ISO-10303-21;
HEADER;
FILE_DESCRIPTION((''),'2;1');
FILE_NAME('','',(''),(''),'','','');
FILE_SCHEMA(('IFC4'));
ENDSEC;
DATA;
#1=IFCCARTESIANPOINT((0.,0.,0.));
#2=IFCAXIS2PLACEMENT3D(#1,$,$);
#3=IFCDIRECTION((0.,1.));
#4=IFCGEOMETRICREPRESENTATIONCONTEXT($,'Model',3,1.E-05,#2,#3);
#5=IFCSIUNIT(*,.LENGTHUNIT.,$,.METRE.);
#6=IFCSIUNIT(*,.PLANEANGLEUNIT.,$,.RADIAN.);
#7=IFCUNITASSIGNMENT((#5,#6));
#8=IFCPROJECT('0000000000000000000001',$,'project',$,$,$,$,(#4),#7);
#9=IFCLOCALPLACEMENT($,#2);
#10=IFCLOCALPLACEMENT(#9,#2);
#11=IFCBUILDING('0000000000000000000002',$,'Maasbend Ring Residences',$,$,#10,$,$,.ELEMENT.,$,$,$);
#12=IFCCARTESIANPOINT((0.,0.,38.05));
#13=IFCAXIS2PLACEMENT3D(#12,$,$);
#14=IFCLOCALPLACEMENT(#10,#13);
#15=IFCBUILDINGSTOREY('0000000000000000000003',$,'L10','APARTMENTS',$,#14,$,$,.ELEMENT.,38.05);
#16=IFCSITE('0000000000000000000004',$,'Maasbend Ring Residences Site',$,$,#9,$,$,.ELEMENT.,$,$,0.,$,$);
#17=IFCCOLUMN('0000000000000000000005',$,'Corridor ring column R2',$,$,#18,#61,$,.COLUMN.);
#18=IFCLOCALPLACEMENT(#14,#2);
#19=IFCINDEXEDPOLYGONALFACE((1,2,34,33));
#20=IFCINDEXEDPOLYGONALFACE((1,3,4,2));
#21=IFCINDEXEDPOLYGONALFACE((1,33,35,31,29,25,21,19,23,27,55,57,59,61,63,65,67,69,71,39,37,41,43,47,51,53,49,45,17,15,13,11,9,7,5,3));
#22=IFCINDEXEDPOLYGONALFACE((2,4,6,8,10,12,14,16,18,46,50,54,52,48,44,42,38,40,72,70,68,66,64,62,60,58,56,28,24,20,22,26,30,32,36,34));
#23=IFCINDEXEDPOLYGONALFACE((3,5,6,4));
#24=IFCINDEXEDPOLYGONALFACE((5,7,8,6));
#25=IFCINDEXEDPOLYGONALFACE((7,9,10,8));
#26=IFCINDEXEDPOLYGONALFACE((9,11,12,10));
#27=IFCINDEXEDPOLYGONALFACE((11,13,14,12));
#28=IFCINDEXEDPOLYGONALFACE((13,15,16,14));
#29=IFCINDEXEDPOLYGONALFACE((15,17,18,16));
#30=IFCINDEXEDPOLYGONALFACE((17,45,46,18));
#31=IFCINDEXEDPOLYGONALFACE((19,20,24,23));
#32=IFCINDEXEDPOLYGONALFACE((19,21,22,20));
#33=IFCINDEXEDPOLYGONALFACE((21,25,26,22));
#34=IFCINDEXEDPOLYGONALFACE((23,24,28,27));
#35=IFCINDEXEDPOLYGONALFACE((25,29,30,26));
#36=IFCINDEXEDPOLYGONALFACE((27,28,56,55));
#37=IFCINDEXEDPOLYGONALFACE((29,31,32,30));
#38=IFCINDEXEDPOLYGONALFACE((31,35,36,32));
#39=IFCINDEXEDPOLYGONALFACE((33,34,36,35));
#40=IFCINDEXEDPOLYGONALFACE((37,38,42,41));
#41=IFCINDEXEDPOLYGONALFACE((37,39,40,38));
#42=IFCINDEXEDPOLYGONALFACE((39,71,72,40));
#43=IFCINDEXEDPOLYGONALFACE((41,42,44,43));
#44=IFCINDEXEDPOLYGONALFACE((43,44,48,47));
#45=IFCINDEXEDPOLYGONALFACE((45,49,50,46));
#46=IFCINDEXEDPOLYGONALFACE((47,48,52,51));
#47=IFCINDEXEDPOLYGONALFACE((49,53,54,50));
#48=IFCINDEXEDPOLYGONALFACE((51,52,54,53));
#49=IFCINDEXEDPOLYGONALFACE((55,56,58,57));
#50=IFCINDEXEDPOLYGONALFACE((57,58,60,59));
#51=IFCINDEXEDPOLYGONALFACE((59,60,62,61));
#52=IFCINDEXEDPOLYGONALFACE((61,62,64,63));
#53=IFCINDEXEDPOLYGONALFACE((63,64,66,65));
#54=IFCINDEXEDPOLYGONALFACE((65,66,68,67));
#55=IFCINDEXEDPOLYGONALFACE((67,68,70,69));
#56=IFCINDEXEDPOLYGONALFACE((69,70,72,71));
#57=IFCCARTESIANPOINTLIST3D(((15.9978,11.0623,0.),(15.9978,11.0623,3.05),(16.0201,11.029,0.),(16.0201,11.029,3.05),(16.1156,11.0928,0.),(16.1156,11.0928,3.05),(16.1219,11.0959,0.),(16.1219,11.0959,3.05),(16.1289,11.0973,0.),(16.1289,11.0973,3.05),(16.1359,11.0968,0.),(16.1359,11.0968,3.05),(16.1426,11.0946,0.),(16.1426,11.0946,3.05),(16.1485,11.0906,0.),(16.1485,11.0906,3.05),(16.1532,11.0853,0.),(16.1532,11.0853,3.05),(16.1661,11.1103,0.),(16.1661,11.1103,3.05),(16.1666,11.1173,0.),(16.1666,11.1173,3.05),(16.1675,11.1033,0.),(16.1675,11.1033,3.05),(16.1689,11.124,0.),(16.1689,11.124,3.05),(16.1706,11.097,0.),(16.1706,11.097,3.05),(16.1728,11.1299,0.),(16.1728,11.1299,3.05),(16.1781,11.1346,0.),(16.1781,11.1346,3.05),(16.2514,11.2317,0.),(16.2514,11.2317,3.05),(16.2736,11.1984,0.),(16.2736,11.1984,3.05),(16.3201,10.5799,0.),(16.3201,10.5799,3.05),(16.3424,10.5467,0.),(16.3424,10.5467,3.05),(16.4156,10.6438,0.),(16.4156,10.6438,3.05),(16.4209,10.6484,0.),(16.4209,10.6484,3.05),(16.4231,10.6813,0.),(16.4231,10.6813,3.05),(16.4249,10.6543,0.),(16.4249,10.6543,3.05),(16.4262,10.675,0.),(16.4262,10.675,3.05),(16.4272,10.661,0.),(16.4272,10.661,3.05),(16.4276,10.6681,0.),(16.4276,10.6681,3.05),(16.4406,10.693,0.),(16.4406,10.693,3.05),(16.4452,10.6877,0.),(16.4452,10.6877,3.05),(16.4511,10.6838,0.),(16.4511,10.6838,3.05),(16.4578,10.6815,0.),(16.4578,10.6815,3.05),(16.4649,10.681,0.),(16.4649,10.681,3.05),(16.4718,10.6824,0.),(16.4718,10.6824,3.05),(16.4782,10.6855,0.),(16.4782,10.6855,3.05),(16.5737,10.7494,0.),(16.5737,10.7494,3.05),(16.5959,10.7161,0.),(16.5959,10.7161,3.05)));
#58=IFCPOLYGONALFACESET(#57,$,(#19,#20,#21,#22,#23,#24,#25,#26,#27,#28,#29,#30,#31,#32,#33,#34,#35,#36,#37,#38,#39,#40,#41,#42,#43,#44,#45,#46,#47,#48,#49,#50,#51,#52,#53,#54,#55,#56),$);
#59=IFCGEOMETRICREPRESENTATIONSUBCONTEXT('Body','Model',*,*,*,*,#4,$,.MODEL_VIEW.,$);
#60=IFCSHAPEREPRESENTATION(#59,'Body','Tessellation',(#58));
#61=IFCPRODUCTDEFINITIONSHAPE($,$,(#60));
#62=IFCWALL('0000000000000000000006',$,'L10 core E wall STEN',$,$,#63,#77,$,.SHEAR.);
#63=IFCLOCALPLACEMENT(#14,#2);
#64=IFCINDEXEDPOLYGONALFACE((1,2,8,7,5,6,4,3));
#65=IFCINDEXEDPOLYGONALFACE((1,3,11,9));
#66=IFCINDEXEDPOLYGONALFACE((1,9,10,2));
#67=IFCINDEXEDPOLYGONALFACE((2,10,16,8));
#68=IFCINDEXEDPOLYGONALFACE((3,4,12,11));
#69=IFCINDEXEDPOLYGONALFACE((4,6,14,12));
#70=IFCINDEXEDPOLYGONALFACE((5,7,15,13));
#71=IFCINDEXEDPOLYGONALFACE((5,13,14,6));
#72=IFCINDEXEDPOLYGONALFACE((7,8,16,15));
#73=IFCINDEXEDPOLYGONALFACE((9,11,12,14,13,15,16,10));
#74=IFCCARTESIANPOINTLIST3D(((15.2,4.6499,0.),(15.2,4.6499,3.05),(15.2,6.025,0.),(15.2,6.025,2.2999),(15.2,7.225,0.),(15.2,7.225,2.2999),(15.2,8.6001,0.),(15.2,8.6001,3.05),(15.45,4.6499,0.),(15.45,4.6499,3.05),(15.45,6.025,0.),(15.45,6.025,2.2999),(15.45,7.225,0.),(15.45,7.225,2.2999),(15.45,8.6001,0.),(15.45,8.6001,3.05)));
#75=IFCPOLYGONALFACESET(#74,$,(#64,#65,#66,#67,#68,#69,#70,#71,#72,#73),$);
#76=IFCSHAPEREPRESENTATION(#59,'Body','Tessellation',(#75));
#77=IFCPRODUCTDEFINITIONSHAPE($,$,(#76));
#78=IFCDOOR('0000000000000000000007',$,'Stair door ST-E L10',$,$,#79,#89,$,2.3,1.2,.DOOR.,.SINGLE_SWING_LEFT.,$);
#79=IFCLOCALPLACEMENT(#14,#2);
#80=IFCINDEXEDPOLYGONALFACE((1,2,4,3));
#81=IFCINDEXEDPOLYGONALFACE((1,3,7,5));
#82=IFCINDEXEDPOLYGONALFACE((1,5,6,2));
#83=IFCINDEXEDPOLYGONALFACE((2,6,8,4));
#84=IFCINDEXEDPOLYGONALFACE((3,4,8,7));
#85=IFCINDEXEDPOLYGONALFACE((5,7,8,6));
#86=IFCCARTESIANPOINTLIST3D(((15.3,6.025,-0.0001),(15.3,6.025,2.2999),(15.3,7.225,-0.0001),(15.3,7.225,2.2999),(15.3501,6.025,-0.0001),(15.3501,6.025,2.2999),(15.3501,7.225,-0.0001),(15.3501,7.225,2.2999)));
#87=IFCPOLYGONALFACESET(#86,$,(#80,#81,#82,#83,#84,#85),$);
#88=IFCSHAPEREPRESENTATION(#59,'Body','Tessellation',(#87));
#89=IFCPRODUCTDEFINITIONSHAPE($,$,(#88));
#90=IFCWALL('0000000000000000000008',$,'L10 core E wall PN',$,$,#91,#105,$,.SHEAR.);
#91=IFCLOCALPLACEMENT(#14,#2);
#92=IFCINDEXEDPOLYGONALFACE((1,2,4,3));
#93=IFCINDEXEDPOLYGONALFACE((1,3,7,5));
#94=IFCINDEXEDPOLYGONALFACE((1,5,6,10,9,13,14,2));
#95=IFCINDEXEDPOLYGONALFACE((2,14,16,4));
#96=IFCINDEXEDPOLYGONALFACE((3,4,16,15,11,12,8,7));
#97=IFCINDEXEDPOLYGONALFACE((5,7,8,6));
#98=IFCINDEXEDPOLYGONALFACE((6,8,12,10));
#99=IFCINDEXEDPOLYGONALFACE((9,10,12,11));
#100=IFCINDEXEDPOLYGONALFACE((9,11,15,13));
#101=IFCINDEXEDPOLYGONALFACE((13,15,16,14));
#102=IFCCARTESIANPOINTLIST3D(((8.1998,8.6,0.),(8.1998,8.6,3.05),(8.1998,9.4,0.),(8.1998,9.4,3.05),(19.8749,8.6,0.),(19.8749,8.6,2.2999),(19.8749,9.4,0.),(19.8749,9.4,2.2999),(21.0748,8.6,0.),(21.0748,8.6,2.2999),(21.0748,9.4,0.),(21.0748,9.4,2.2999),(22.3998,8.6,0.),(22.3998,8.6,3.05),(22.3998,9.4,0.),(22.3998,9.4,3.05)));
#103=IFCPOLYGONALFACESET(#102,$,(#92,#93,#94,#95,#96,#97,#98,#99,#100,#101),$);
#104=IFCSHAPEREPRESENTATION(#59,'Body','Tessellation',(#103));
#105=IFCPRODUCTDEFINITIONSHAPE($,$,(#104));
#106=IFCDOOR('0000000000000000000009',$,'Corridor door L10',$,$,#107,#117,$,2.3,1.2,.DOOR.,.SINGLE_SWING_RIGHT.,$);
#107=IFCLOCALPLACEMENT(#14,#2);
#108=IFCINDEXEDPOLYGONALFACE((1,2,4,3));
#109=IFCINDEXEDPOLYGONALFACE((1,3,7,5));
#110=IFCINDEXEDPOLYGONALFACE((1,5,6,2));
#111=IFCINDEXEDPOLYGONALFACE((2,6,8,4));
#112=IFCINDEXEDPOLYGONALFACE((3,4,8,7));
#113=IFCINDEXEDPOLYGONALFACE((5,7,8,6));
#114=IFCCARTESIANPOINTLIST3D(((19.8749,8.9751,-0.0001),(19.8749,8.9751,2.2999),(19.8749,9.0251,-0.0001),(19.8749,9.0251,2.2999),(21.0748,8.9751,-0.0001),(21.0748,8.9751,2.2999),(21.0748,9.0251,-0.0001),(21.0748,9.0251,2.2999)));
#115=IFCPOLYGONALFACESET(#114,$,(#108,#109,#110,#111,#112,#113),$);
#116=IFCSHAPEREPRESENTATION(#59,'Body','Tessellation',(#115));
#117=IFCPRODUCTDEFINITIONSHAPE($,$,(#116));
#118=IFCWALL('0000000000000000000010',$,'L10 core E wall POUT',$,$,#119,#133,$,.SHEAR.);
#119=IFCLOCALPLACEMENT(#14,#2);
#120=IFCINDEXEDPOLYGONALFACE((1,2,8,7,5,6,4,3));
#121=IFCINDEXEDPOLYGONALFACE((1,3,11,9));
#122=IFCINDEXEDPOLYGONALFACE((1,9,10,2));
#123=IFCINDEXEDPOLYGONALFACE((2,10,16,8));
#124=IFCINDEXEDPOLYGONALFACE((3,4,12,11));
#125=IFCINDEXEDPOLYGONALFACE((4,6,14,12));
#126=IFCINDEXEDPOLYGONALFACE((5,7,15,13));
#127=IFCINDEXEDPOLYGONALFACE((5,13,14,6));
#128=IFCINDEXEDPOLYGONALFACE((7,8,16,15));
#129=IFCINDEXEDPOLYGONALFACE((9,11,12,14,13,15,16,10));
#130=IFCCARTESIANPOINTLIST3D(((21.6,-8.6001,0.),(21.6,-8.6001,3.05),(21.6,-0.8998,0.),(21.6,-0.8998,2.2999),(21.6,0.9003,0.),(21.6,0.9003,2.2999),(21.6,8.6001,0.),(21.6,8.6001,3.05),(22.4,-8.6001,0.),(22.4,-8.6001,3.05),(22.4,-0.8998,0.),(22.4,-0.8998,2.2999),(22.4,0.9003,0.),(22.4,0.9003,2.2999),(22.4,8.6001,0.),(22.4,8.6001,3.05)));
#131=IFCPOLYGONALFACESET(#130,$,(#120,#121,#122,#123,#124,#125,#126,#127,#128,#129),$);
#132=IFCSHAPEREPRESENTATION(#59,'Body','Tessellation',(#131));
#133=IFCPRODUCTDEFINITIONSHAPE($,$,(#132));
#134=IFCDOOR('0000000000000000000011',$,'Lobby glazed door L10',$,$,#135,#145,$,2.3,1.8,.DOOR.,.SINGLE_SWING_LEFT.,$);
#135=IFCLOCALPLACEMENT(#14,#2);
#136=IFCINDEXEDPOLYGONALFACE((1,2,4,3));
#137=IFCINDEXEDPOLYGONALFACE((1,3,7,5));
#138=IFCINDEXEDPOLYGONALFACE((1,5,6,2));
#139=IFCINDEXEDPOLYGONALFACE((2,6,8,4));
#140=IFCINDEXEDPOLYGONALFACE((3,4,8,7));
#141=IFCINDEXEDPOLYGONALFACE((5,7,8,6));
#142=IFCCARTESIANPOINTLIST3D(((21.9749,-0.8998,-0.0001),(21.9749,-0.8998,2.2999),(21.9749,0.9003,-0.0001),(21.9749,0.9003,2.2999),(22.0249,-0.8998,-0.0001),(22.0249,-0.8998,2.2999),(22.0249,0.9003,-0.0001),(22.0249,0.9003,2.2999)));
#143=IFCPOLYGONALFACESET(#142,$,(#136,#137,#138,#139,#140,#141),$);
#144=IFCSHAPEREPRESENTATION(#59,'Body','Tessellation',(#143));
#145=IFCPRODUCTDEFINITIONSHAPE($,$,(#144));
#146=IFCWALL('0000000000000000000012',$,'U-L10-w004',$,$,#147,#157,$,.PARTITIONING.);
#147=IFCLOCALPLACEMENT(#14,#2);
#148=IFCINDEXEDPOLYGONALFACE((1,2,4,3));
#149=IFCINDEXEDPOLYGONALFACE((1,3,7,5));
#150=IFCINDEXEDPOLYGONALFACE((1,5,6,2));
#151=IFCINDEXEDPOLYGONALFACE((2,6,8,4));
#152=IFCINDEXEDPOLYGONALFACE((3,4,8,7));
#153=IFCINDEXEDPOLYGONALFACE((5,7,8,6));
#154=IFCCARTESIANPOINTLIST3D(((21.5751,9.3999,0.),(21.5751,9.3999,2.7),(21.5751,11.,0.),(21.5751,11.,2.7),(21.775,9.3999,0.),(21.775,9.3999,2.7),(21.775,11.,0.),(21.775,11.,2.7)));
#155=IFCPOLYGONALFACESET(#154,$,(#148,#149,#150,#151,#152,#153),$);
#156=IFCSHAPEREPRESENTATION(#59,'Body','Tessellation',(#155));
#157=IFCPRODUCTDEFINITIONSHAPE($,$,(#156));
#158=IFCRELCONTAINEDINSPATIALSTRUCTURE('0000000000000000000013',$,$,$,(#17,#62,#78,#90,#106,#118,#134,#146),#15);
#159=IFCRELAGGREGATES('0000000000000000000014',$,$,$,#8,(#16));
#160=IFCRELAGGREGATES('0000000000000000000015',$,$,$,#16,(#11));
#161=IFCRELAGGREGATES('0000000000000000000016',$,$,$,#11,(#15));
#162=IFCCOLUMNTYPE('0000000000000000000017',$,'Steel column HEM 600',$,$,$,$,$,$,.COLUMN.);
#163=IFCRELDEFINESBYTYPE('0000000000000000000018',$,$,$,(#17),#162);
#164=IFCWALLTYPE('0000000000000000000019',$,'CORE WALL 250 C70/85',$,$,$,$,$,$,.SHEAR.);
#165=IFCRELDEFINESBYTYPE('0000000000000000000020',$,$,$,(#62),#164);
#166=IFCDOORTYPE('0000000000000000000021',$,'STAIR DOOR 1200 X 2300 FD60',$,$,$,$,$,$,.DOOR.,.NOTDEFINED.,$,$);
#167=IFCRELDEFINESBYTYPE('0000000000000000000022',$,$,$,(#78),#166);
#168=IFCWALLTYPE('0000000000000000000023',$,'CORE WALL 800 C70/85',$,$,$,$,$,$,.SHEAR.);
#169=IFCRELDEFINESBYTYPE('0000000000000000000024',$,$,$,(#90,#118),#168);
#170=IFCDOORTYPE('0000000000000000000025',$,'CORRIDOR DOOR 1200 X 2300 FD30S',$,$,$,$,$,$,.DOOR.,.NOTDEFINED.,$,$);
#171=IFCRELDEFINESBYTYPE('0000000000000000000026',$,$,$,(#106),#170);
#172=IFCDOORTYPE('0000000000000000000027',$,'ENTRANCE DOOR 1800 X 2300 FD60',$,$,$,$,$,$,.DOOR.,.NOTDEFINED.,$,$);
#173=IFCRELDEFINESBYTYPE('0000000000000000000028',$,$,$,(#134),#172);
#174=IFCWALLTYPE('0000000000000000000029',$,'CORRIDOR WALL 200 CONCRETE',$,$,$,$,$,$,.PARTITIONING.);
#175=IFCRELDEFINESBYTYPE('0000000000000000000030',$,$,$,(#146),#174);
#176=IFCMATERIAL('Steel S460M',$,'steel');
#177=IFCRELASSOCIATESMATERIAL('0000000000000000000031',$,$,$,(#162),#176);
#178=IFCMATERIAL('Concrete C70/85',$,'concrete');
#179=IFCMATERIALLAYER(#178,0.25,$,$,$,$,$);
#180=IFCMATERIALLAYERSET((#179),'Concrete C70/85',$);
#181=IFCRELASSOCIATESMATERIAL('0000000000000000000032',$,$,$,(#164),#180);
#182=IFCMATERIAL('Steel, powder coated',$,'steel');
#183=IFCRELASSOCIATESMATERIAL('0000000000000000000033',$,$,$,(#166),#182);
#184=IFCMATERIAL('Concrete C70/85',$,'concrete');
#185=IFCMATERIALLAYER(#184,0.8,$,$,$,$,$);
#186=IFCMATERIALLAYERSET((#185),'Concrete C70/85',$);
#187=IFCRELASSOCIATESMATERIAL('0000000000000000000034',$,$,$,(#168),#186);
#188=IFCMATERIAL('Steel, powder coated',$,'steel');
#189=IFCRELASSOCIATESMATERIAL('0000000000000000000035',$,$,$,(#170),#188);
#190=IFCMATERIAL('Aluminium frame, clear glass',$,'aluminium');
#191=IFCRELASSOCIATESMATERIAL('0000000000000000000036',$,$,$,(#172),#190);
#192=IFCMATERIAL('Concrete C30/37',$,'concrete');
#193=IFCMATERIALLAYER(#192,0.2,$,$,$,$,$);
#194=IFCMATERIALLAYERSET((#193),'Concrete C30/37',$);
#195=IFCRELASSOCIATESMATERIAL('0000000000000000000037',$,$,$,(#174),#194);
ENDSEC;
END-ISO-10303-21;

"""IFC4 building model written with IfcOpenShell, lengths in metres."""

from ifc_helpers import new_model, si_unit, direction, frame, frame_2d, origin, origin_2d, place, context, subcontext, project, spatial, rectangle, i_section, extrude, material, layer, layer_set, material_profile, profile_set, type_object, element, fill, save


model = new_model("IFC4")

# Units and contexts
model_context = context("Model", 3, precision=1e-05, world=origin(), true_north=direction((0.0, 1.0)))
body_context = subcontext(model_context, "Body", "Model", "MODEL_VIEW")
ifc_project = project(units=[si_unit("LENGTHUNIT", "METRE"), si_unit("PLANEANGLEUNIT", "RADIAN")], contexts=[model_context])

# Site, building, storey
site_placement = place(None, origin())
site = spatial("IfcSite", under=ifc_project, at=site_placement, Name="Maasbend Ring Residences Site", CompositionType="ELEMENT", RefElevation=0.0)
building_placement = place(site_placement, origin())
building = spatial("IfcBuilding", under=site, at=building_placement, Name="Maasbend Ring Residences", CompositionType="ELEMENT")
storey_placement = place(building_placement, frame((0.0, 0.0, 38.05)))
storey = spatial("IfcBuildingStorey", under=building, at=storey_placement, Name="L10", Description="APARTMENTS", CompositionType="ELEMENT", Elevation=38.05)

# Column
ifc_material_1 = material(Name="Steel S460M", Category="steel")
ifc_material_profile = material_profile(ifc_material_1, i_section(OverallWidth=0.3049, OverallDepth=0.6201, WebThickness=0.021, FlangeThickness=0.04, FilletRadius=0.0271, at=origin_2d()), Name="HEM 600")
ifc_profile_set = profile_set([ifc_material_profile], Name="Steel S460M")
column_type = type_object("IfcColumnType", Name="Steel column HEM 600", PredefinedType="COLUMN", material=ifc_profile_set)
column_placement = place(storey_placement, frame((16.2969, 10.8892, 0.0), z_axis=(0.0, 0.0, 1.0), x_axis=(0.83147, 0.55557, 0.0)))
element("IfcColumn", 1, at=column_placement, inside=storey, type_object=column_type, Name="Corridor ring column R2", PredefinedType="COLUMN", context=body_context, shape_type="SweptSolid", body=[
    extrude(i_section(OverallWidth=0.3049, OverallDepth=0.6201, WebThickness=0.021, FlangeThickness=0.04, FilletRadius=0.0271, at=origin_2d()), origin(), (0.0, 0.0, 1.0), 3.05),
])

# Walls, openings, doors
ifc_material_2 = material(Name="Concrete C70/85", Category="concrete")
ifc_layer_1 = layer(ifc_material_2, 0.25)
ifc_layer_set_1 = layer_set([ifc_layer_1], Name="Concrete C70/85")
wall_type_1 = type_object("IfcWallType", Name="CORE WALL 250 C70/85", PredefinedType="SHEAR", material=ifc_layer_set_1)
wall_1_placement = place(storey_placement, frame((15.325, 4.6499, 0.0), z_axis=(0.0, 0.0, 1.0), x_axis=(0.0, 1.0, 0.0)))
wall_1 = element("IfcWall", 2, at=wall_1_placement, inside=storey, type_object=wall_type_1, Name="L10 core E wall STEN", PredefinedType="SHEAR", context=body_context, shape_type="SweptSolid", body=[
    extrude(rectangle(XDim=3.9502, YDim=0.25, at=frame_2d((1.9751, 0.0))), origin(), (0.0, 0.0, 1.0), 3.05),
])
opening_1_placement = place(wall_1_placement, frame((1.375, 0.0, 0.0)))
opening_1 = element("IfcOpeningElement", 3, at=opening_1_placement, cuts=wall_1, PredefinedType="OPENING", context=body_context, shape_type="SweptSolid", body=[
    extrude(rectangle(XDim=1.2, YDim=2.3, at=frame_2d((0.6001, 1.1499))), frame((0.0, 0.135, 0.0), z_axis=(0.0, -1.0, 0.0), x_axis=(1.0, 0.0, 0.0)), (0.0, 0.0, 1.0), 0.27),
])
ifc_material_3 = material(Name="Steel, powder coated", Category="steel")
door_type_1 = type_object("IfcDoorType", Name="STAIR DOOR 1200 X 2300 FD60", OperationType="NOTDEFINED", PredefinedType="DOOR", material=ifc_material_3)
door_1_placement = place(opening_1_placement, origin())
door_1 = element("IfcDoor", 4, at=door_1_placement, inside=storey, type_object=door_type_1, Name="Stair door ST-E L10", OperationType="SINGLE_SWING_LEFT", OverallHeight=2.3, OverallWidth=1.2, PredefinedType="DOOR", context=body_context, shape_type="SweptSolid", body=[
    extrude(rectangle(XDim=1.2, YDim=2.3, at=frame_2d((0.6001, 1.1499))), frame((0.0, 0.0249, 0.0), z_axis=(0.0, -1.0, 0.0), x_axis=(1.0, 0.0, 0.0)), (0.0, 0.0, 1.0), 0.05),
])
fill(opening_1, door_1)
ifc_material_4 = material(Name="Concrete C70/85", Category="concrete")
ifc_layer_2 = layer(ifc_material_4, 0.8)
ifc_layer_set_2 = layer_set([ifc_layer_2], Name="Concrete C70/85")
wall_type_2 = type_object("IfcWallType", Name="CORE WALL 800 C70/85", PredefinedType="SHEAR", material=ifc_layer_set_2)
wall_2_placement = place(storey_placement, frame((22.3999, 9.0, 0.0), z_axis=(0.0, 0.0, 1.0), x_axis=(-1.0, 0.0, 0.0)))
wall_2 = element("IfcWall", 5, at=wall_2_placement, inside=storey, type_object=wall_type_2, Name="L10 core E wall PN", PredefinedType="SHEAR", context=body_context, shape_type="SweptSolid", body=[
    extrude(rectangle(XDim=14.2, YDim=0.8, at=frame_2d((7.1001, 0.0))), origin(), (0.0, 0.0, 1.0), 3.05),
])
opening_2_placement = place(wall_2_placement, frame((1.325, 0.0, 0.0)))
opening_2 = element("IfcOpeningElement", 6, at=opening_2_placement, cuts=wall_2, PredefinedType="OPENING", context=body_context, shape_type="SweptSolid", body=[
    extrude(rectangle(XDim=1.2, YDim=2.3, at=frame_2d((0.6001, 1.1499))), frame((0.0, 0.4102, 0.0), z_axis=(0.0, -1.0, 0.0), x_axis=(1.0, 0.0, 0.0)), (0.0, 0.0, 1.0), 0.8201),
])
ifc_material_5 = material(Name="Steel, powder coated", Category="steel")
door_type_2 = type_object("IfcDoorType", Name="CORRIDOR DOOR 1200 X 2300 FD30S", OperationType="NOTDEFINED", PredefinedType="DOOR", material=ifc_material_5)
door_2_placement = place(opening_2_placement, origin())
door_2 = element("IfcDoor", 7, at=door_2_placement, inside=storey, type_object=door_type_2, Name="Corridor door L10", OperationType="SINGLE_SWING_RIGHT", OverallHeight=2.3, OverallWidth=1.2, PredefinedType="DOOR", context=body_context, shape_type="SweptSolid", body=[
    extrude(rectangle(XDim=1.2, YDim=2.3, at=frame_2d((0.6001, 1.1499))), frame((0.0, 0.0249, 0.0), z_axis=(0.0, -1.0, 0.0), x_axis=(1.0, 0.0, 0.0)), (0.0, 0.0, 1.0), 0.05),
])
fill(opening_2, door_2)
wall_3_placement = place(storey_placement, frame((22.0, 8.6001, 0.0), z_axis=(0.0, 0.0, 1.0), x_axis=(0.0, -1.0, 0.0)))
wall_3 = element("IfcWall", 8, at=wall_3_placement, inside=storey, type_object=wall_type_2, Name="L10 core E wall POUT", PredefinedType="SHEAR", context=body_context, shape_type="SweptSolid", body=[
    extrude(rectangle(XDim=17.2002, YDim=0.8, at=frame_2d((8.6001, 0.0))), origin(), (0.0, 0.0, 1.0), 3.05),
])
opening_3_placement = place(wall_3_placement, frame((7.7, 0.0, 0.0)))
opening_3 = element("IfcOpeningElement", 9, at=opening_3_placement, cuts=wall_3, PredefinedType="OPENING", context=body_context, shape_type="SweptSolid", body=[
    extrude(rectangle(XDim=1.8, YDim=2.3, at=frame_2d((0.8999, 1.1499))), frame((0.0, 0.4102, 0.0), z_axis=(0.0, -1.0, 0.0), x_axis=(1.0, 0.0, 0.0)), (0.0, 0.0, 1.0), 0.8201),
])
ifc_material_6 = material(Name="Aluminium frame, clear glass", Category="aluminium")
door_type_3 = type_object("IfcDoorType", Name="ENTRANCE DOOR 1800 X 2300 FD60", OperationType="NOTDEFINED", PredefinedType="DOOR", material=ifc_material_6)
door_3_placement = place(opening_3_placement, origin())
door_3 = element("IfcDoor", 10, at=door_3_placement, inside=storey, type_object=door_type_3, Name="Lobby glazed door L10", OperationType="SINGLE_SWING_LEFT", OverallHeight=2.3, OverallWidth=1.8, PredefinedType="DOOR", context=body_context, shape_type="SweptSolid", body=[
    extrude(rectangle(XDim=1.8, YDim=2.3, at=frame_2d((0.8999, 1.1499))), frame((0.0, 0.0249, 0.0), z_axis=(0.0, -1.0, 0.0), x_axis=(1.0, 0.0, 0.0)), (0.0, 0.0, 1.0), 0.05),
])
fill(opening_3, door_3)

# Wall
ifc_material_7 = material(Name="Concrete C30/37", Category="concrete")
ifc_layer_3 = layer(ifc_material_7, 0.2)
ifc_layer_set_3 = layer_set([ifc_layer_3], Name="Concrete C30/37")
wall_type_3 = type_object("IfcWallType", Name="CORRIDOR WALL 200 CONCRETE", PredefinedType="PARTITIONING", material=ifc_layer_set_3)
wall_4_placement = place(storey_placement, frame((21.675, 9.3999, 0.0), z_axis=(0.0, 0.0, 1.0), x_axis=(0.0, 1.0, 0.0)))
element("IfcWall", 11, at=wall_4_placement, inside=storey, type_object=wall_type_3, Name="U-L10-w004", PredefinedType="PARTITIONING", context=body_context, shape_type="SweptSolid", body=[
    extrude(rectangle(XDim=1.6001, YDim=0.2, at=frame_2d((0.8, 0.0))), origin(), (0.0, 0.0, 1.0), 2.7),
])

save(model, "model.ifc")
